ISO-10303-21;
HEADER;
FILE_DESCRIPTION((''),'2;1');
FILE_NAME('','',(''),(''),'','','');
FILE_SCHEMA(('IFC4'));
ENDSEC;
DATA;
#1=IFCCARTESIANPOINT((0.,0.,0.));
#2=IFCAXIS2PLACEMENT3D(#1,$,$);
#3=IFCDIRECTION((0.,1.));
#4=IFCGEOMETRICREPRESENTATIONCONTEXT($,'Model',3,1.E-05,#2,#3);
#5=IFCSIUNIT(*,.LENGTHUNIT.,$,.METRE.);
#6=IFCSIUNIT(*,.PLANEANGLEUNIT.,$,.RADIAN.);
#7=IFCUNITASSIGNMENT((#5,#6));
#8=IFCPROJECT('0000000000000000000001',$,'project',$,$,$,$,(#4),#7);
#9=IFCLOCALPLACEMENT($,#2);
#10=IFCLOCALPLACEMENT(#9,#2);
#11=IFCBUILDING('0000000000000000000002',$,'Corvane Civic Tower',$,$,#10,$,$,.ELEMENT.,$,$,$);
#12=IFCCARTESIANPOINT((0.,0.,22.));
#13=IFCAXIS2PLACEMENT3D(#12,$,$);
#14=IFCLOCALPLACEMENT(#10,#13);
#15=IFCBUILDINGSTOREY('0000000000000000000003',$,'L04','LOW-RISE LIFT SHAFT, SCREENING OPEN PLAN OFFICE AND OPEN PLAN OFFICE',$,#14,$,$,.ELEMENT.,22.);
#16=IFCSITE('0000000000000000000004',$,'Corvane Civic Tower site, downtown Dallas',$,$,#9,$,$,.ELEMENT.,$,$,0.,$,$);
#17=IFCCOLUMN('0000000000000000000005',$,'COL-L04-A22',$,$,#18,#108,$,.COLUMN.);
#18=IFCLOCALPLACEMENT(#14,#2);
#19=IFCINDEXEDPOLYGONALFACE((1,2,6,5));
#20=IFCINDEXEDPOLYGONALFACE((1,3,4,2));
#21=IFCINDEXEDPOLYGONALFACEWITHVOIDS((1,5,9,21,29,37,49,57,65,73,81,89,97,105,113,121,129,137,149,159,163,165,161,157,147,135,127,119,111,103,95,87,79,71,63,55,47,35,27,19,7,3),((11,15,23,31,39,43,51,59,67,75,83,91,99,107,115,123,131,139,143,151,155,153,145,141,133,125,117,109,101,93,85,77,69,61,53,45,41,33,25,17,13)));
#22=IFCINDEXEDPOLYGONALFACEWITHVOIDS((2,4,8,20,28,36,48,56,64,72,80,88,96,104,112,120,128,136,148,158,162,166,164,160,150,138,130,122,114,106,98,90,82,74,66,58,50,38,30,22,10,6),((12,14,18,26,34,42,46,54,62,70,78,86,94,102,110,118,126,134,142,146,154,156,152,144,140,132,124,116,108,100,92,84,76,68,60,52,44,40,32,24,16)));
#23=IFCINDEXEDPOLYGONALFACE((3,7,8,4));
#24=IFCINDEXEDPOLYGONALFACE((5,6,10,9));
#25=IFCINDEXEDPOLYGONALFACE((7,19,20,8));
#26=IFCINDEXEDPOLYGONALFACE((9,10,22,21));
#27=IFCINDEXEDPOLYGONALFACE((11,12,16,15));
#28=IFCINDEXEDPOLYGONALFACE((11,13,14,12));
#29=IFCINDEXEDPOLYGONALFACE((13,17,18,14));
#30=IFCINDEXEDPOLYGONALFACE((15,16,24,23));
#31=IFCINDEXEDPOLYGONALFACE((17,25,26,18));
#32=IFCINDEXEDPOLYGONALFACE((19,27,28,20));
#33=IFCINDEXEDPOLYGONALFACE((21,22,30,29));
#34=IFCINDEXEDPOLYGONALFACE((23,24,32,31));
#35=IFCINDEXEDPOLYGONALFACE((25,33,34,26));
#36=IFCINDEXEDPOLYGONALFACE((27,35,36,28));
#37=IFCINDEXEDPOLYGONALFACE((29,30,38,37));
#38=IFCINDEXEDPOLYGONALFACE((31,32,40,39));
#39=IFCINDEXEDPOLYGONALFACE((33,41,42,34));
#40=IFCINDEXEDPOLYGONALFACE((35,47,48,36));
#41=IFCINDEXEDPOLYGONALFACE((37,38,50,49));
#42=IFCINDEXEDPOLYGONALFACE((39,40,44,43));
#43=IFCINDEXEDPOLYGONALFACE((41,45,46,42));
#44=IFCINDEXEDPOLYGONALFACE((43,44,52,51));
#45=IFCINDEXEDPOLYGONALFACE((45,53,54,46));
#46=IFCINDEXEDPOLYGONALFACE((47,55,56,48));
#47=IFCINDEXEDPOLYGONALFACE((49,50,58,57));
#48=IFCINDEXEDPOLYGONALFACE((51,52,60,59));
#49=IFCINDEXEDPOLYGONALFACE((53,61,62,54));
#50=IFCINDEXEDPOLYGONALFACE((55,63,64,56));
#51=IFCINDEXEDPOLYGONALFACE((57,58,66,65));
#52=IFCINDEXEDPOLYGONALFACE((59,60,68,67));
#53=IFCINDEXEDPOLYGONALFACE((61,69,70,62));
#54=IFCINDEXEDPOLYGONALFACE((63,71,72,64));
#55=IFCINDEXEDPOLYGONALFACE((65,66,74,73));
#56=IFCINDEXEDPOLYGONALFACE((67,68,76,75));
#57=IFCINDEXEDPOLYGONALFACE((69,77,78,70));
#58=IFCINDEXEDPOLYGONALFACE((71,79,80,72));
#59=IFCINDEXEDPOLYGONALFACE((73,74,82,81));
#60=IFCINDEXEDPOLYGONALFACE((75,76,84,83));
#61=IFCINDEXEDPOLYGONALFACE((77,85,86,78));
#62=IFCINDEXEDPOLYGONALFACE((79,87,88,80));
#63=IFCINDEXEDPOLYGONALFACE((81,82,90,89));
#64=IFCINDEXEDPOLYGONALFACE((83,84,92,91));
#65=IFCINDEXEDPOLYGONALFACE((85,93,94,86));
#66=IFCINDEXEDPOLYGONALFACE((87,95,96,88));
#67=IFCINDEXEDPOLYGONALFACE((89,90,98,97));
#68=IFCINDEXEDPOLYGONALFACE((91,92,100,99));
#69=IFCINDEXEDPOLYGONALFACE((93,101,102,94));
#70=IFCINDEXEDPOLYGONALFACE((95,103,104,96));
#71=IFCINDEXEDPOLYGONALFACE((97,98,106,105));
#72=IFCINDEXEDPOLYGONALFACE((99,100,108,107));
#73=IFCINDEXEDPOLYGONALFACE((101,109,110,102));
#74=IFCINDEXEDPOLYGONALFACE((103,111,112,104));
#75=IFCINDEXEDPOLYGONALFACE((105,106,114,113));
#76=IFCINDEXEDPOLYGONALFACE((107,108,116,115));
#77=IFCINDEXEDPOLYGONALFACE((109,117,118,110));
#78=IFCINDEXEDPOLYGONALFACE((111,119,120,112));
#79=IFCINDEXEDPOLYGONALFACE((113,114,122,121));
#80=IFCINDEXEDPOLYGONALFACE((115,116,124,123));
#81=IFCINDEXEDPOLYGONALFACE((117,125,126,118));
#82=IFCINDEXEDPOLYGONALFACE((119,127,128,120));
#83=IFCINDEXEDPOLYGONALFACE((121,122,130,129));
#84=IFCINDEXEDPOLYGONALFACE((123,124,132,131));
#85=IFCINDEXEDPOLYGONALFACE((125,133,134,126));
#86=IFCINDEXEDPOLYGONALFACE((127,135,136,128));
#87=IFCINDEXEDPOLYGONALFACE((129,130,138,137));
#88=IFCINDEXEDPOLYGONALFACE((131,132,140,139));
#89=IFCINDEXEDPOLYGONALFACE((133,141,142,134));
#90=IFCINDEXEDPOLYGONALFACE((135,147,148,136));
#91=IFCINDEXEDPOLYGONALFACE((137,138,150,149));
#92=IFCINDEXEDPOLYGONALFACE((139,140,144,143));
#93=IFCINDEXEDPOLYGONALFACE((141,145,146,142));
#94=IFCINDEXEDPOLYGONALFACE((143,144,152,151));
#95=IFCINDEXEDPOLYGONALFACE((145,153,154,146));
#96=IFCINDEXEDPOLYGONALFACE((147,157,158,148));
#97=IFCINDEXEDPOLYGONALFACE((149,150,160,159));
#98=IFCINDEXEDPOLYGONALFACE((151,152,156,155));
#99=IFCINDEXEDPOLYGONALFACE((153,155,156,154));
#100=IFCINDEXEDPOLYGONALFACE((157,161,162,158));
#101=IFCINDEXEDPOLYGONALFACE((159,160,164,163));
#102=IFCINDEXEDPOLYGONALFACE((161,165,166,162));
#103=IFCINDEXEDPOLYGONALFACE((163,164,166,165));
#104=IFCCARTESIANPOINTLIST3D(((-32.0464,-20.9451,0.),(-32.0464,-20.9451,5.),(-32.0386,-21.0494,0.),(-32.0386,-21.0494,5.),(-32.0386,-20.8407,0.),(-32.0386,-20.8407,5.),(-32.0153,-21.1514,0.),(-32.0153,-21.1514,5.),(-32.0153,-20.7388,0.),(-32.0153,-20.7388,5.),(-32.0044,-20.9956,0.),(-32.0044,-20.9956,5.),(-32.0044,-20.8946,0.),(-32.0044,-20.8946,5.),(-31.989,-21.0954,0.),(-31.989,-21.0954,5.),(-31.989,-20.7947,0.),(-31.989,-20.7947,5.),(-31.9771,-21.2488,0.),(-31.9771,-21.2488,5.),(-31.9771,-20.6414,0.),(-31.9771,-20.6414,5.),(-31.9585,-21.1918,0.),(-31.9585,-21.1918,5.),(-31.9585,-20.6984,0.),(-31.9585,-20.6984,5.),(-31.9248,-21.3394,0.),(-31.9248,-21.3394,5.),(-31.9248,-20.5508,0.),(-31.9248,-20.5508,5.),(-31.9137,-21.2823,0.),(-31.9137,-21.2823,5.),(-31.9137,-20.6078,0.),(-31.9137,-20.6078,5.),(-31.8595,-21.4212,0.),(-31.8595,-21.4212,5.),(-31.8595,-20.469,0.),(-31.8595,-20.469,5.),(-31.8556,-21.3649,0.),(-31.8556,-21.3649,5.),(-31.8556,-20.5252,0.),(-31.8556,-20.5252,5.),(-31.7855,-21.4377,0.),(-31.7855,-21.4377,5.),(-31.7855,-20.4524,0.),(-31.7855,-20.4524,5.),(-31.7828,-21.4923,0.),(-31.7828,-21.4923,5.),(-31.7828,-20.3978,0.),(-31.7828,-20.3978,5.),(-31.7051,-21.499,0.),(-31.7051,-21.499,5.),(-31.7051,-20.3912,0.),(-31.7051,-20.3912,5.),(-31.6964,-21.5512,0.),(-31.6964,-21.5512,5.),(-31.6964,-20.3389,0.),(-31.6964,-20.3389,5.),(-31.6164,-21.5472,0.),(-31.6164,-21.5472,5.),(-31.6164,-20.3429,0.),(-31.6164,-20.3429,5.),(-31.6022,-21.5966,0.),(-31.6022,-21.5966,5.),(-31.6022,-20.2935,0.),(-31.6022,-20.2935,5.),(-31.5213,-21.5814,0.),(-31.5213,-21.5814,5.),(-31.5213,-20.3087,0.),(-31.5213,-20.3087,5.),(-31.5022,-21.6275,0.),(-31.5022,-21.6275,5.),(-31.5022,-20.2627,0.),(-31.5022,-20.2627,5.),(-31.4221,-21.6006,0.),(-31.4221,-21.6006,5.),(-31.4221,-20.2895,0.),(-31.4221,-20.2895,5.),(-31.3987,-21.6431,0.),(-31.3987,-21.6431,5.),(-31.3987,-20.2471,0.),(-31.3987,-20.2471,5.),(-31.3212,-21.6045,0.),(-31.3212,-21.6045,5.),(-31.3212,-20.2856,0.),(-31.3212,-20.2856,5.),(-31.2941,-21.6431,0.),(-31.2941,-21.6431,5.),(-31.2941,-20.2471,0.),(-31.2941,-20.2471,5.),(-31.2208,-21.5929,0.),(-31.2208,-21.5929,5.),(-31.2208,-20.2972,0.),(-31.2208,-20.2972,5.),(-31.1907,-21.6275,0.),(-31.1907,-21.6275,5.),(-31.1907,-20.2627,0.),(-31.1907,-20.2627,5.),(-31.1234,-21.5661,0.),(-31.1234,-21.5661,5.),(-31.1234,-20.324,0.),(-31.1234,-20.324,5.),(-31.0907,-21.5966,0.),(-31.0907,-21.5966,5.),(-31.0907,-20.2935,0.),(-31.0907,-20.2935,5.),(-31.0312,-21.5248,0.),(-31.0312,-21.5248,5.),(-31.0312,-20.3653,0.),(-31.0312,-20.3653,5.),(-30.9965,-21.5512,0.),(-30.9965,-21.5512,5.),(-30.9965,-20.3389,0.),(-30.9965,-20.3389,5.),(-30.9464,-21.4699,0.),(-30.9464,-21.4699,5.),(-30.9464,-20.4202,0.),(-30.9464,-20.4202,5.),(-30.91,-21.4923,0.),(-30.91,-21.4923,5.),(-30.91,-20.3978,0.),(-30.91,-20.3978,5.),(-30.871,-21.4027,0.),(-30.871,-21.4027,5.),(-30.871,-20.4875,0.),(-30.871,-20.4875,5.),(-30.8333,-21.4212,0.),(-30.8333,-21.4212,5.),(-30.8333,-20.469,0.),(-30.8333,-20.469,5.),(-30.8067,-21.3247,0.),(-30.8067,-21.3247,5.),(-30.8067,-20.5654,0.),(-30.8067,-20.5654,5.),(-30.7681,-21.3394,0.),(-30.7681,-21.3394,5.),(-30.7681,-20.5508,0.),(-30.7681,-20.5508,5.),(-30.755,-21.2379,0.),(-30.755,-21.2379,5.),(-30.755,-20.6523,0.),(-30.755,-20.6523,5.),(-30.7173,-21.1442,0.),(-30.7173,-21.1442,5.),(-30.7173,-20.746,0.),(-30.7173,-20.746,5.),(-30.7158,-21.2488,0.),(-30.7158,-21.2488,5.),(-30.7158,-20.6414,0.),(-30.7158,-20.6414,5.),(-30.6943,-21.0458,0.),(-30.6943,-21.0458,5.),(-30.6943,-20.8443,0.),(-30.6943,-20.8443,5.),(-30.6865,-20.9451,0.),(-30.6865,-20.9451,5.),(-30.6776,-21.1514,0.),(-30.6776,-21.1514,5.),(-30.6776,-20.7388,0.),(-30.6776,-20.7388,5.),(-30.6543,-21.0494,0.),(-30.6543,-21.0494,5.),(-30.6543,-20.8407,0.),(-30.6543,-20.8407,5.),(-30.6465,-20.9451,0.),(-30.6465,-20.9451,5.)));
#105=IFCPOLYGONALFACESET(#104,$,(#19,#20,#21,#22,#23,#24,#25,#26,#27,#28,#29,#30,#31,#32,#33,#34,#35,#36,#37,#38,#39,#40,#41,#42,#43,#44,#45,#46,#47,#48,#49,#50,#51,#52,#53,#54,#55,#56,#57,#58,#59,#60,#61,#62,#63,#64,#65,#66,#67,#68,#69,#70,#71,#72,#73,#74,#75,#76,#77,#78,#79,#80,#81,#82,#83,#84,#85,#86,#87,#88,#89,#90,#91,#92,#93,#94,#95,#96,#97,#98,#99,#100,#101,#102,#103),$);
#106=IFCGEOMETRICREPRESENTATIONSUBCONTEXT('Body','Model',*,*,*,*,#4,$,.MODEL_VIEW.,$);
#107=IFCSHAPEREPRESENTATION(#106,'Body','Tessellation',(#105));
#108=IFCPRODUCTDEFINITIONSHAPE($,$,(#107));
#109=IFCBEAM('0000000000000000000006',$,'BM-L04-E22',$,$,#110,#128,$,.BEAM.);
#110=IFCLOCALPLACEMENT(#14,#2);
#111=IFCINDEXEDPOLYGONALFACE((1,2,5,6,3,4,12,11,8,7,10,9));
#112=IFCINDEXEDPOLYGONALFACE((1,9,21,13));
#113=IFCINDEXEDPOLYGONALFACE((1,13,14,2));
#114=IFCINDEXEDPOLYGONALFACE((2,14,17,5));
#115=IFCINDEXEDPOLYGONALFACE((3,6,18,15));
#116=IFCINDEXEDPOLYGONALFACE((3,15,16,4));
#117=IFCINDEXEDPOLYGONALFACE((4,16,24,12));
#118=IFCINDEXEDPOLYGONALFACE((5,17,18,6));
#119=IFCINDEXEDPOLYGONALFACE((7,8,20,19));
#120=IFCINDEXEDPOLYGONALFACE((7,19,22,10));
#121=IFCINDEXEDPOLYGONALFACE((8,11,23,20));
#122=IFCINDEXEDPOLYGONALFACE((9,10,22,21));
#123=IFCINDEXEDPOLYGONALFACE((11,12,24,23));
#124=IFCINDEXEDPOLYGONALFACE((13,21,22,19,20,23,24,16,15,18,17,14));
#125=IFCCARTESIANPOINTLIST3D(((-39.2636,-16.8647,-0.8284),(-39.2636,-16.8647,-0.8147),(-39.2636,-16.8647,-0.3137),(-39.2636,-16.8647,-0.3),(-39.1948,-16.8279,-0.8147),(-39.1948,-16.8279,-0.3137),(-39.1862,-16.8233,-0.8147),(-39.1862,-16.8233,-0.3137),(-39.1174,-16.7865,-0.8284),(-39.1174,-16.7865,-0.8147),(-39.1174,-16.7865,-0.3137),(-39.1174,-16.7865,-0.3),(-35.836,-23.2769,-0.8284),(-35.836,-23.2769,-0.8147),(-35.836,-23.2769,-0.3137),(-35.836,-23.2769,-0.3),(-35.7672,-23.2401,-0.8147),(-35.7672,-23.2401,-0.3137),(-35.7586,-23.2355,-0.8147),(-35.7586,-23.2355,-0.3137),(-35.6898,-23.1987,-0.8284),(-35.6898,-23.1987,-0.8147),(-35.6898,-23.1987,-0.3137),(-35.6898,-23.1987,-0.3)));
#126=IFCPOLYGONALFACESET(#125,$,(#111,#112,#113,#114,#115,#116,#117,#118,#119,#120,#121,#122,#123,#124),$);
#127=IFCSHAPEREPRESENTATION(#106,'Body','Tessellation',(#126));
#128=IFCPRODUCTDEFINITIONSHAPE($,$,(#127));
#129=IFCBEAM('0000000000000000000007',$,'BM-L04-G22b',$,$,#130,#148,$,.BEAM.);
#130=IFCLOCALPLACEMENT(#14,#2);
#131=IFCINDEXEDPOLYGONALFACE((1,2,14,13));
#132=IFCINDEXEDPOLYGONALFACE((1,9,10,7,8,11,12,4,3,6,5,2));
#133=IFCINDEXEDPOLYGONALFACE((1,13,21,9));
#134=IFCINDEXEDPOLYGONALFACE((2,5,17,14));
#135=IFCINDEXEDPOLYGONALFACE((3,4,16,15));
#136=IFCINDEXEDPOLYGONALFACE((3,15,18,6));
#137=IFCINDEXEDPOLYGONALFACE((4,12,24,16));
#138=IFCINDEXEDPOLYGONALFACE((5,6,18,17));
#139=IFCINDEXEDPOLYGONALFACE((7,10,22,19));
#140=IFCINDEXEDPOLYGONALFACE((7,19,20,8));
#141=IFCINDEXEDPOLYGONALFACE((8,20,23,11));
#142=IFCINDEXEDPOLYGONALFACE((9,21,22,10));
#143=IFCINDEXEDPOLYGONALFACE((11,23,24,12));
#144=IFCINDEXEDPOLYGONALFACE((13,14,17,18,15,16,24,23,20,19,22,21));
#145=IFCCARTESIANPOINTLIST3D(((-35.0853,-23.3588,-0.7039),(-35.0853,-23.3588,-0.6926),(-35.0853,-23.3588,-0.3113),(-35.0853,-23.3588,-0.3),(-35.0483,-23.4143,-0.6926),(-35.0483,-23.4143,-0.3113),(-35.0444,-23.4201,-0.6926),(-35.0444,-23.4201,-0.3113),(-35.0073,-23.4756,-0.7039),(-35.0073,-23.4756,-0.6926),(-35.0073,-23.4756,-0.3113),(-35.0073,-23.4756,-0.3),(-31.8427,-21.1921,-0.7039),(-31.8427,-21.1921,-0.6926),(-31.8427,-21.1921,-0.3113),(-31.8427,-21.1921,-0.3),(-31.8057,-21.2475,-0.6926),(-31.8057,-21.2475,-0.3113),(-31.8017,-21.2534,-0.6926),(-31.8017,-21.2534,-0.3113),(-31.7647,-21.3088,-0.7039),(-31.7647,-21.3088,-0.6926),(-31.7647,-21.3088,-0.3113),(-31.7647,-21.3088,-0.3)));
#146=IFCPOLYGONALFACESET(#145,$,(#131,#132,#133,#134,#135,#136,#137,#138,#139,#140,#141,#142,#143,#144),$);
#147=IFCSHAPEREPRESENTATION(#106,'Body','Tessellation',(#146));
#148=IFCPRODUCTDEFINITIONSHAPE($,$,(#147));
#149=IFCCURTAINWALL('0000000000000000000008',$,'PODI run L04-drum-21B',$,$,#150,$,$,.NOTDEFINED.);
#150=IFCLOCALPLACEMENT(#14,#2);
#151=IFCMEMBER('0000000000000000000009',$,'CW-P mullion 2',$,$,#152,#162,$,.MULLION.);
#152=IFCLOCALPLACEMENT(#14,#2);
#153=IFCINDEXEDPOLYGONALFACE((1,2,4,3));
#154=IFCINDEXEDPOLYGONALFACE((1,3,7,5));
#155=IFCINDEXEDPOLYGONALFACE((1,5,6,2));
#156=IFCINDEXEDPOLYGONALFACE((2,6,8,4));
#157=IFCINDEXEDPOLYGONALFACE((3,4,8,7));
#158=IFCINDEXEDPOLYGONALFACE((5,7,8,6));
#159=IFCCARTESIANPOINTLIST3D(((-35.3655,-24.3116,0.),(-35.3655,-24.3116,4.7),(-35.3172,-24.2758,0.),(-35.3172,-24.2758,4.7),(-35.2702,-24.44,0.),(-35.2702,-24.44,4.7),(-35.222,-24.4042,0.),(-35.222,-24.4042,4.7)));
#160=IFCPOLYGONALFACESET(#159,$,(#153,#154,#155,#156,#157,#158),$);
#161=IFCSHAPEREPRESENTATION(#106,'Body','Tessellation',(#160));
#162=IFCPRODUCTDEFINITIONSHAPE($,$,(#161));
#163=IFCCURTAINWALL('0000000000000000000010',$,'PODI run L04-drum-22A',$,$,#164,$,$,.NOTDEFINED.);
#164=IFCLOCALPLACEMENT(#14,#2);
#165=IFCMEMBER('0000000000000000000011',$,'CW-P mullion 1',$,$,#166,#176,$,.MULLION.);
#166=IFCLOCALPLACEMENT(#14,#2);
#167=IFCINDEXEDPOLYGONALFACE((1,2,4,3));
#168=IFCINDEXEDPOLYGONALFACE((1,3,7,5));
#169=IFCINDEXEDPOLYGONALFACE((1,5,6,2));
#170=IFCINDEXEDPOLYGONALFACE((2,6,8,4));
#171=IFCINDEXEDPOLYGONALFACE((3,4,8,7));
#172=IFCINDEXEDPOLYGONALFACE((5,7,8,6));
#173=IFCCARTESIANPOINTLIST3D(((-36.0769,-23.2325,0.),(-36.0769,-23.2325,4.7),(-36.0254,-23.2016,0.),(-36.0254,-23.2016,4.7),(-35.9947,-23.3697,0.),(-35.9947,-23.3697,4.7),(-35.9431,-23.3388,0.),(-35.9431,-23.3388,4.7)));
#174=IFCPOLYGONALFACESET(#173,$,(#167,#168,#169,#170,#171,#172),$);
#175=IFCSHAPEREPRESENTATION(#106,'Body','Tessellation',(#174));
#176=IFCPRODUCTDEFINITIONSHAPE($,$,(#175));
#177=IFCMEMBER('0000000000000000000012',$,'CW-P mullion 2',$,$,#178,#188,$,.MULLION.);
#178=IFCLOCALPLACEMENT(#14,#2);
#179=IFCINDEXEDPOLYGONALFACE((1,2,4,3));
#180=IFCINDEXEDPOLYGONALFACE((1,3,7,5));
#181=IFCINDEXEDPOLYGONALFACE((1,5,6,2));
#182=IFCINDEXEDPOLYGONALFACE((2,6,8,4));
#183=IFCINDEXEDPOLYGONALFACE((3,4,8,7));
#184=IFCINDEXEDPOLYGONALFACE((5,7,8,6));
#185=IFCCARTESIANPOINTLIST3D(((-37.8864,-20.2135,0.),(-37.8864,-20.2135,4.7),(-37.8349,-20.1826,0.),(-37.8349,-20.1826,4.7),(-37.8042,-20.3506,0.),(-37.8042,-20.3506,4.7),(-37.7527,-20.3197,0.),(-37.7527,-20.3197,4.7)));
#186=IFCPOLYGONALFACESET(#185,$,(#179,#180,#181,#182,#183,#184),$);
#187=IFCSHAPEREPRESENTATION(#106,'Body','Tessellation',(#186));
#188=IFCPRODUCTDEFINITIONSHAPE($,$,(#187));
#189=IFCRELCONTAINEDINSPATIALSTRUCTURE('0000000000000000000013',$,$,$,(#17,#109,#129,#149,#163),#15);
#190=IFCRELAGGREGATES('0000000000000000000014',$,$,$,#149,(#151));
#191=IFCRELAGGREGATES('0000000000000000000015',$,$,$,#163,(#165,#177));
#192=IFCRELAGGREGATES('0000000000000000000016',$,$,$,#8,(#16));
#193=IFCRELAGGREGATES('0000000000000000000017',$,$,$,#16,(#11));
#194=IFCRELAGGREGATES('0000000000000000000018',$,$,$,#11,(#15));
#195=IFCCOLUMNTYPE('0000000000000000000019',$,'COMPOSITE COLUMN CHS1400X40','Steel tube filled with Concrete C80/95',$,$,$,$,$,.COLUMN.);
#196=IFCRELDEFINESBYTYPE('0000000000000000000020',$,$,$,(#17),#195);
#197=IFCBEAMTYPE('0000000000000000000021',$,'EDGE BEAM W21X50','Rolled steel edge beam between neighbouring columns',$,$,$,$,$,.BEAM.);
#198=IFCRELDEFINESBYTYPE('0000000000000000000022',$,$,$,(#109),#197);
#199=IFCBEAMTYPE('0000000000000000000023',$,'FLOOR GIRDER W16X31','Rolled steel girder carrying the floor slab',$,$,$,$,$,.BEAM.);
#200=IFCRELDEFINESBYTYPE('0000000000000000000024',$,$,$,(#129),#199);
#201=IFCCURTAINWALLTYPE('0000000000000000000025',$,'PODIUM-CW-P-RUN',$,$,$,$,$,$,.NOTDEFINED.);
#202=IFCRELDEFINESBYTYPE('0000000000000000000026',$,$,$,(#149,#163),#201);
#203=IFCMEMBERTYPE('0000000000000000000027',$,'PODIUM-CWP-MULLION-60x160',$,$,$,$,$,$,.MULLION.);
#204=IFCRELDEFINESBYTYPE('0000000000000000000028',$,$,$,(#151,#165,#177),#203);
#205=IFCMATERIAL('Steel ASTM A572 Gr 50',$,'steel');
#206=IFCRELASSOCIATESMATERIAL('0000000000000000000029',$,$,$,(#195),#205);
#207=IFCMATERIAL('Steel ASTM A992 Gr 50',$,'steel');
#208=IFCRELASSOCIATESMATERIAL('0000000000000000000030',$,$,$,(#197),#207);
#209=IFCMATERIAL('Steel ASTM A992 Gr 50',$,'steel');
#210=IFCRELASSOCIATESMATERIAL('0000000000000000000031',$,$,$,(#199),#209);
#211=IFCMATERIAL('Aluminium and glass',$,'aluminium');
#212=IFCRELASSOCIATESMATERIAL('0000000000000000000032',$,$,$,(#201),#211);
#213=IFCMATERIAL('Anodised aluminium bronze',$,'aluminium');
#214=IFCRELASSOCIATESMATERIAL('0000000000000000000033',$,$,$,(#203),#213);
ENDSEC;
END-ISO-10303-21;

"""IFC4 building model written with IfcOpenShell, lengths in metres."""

from ifc_helpers import new_model, si_unit, direction, frame, origin, origin_2d, place, context, subcontext, project, spatial, rectangle, hollow_circle, i_section, extrude, material, material_profile, profile_set, type_object, element, aggregate, save


model = new_model("IFC4")

# Units and contexts
model_context = context("Model", 3, precision=1e-05, world=origin(), true_north=direction((0.0, 1.0)))
body_context = subcontext(model_context, "Body", "Model", "MODEL_VIEW")
ifc_project = project(units=[si_unit("LENGTHUNIT", "METRE"), si_unit("PLANEANGLEUNIT", "RADIAN")], contexts=[model_context])

# Site, building, storey
site_placement = place(None, origin())
site = spatial("IfcSite", under=ifc_project, at=site_placement, Name="Corvane Civic Tower site, downtown Dallas", CompositionType="ELEMENT", RefElevation=0.0)
building_placement = place(site_placement, origin())
building = spatial("IfcBuilding", under=site, at=building_placement, Name="Corvane Civic Tower", CompositionType="ELEMENT")
storey_placement = place(building_placement, frame((0.0, 0.0, 22.0)))
storey = spatial("IfcBuildingStorey", under=building, at=storey_placement, Name="L04", Description="LOW-RISE LIFT SHAFT, SCREENING OPEN PLAN OFFICE AND OPEN PLAN OFFICE", CompositionType="ELEMENT", Elevation=22.0)

# Column
ifc_material_1 = material(Name="Steel ASTM A572 Gr 50", Category="steel")
ifc_material_profile_1 = material_profile(ifc_material_1, hollow_circle(Radius=0.7, WallThickness=0.04, at=origin_2d()), Name="CHS1400X40")
ifc_profile_set_1 = profile_set([ifc_material_profile_1], Name="Steel ASTM A572 Gr 50")
column_type_1 = type_object("IfcColumnType", Name="COMPOSITE COLUMN CHS1400X40", Description="Steel tube filled with Concrete C80/95", PredefinedType="COLUMN", material=ifc_profile_set_1)
for number, where, z_axis, x_axis, name in (
    (1, (-31.3464, -20.9451, 0.0), (0.0, 0.0, 1.0), (1.0, 0.0, 0.0), "COL-L04-A22"),
):
    element("IfcColumn", number, at=place(storey_placement, frame(where, z_axis=z_axis, x_axis=x_axis)), inside=storey, type_object=column_type_1, Name=name, PredefinedType="COLUMN", context=body_context, shape_type="SweptSolid", body=[
        extrude(hollow_circle(Radius=0.7, WallThickness=0.04, at=origin_2d()), origin(), (0.0, 0.0, 1.0), 5.0),
    ])

# Beams
ifc_material_2 = material(Name="Steel ASTM A992 Gr 50", Category="steel")
ifc_material_profile_2 = material_profile(ifc_material_2, i_section(OverallWidth=0.1658, OverallDepth=0.5283, WebThickness=0.0098, FlangeThickness=0.0137, at=origin_2d()), Name="W21X50")
ifc_profile_set_2 = profile_set([ifc_material_profile_2], Name="Steel ASTM A992 Gr 50")
beam_type_1 = type_object("IfcBeamType", Name="EDGE BEAM W21X50", Description="Rolled steel edge beam between neighbouring columns", PredefinedType="BEAM", material=ifc_profile_set_2)
beam_1_placement = place(storey_placement, frame((-35.7629, -23.2378, -0.5642), z_axis=(-0.471412, 0.881913, 0.0), x_axis=(-0.881913, -0.471412, 0.0)))
element("IfcBeam", 2, at=beam_1_placement, inside=storey, type_object=beam_type_1, Name="BM-L04-E22", PredefinedType="BEAM", context=body_context, shape_type="SweptSolid", body=[
    extrude(i_section(OverallWidth=0.1658, OverallDepth=0.5283, WebThickness=0.0098, FlangeThickness=0.0137, at=origin_2d()), origin(), (0.0, 0.0, 1.0), 7.2708),
])
ifc_material_3 = material(Name="Steel ASTM A992 Gr 50", Category="steel")
ifc_material_profile_3 = material_profile(ifc_material_3, i_section(OverallWidth=0.1404, OverallDepth=0.4038, WebThickness=0.0071, FlangeThickness=0.0112, at=origin_2d()), Name="W16X31")
ifc_profile_set_3 = profile_set([ifc_material_profile_3], Name="Steel ASTM A992 Gr 50")
beam_type_2 = type_object("IfcBeamType", Name="FLOOR GIRDER W16X31", Description="Rolled steel girder carrying the floor slab", PredefinedType="BEAM", material=ifc_profile_set_3)
beam_2_placement = place(storey_placement, frame((-31.8037, -21.2505, -0.502), z_axis=(-0.831462, -0.555581, 0.0), x_axis=(0.555581, -0.831462, 0.0)))
element("IfcBeam", 3, at=beam_2_placement, inside=storey, type_object=beam_type_2, Name="BM-L04-G22b", PredefinedType="BEAM", context=body_context, shape_type="SweptSolid", body=[
    extrude(i_section(OverallWidth=0.1404, OverallDepth=0.4038, WebThickness=0.0071, FlangeThickness=0.0112, at=origin_2d()), origin(), (0.0, 0.0, 1.0), 3.8999),
])

# Curtain wall, member
ifc_material_4 = material(Name="Aluminium and glass", Category="aluminium")
curtain_wall_type = type_object("IfcCurtainWallType", Name="PODIUM-CW-P-RUN", PredefinedType="NOTDEFINED", material=ifc_material_4)
curtain_wall_1_placement = place(storey_placement, origin())
curtain_wall_1 = element("IfcCurtainWall", 4, at=curtain_wall_1_placement, inside=storey, type_object=curtain_wall_type, Name="PODI run L04-drum-21B", PredefinedType="NOTDEFINED")
ifc_material_5 = material(Name="Anodised aluminium bronze", Category="aluminium")
ifc_material_profile_4 = material_profile(ifc_material_5, rectangle(XDim=0.0601, YDim=0.1599, at=origin_2d()), Name="AL 60x160")
ifc_profile_set_4 = profile_set([ifc_material_profile_4], Name="Anodised aluminium bronze")
member_type_1 = type_object("IfcMemberType", Name="PODIUM-CWP-MULLION-60x160", PredefinedType="MULLION", material=ifc_profile_set_4)
member_1_placement = place(storey_placement, frame((-35.2937, -24.3579, 0.0), z_axis=(0.0, 0.0, 1.0), x_axis=(-0.803203, -0.595705, 0.0)))
member_1 = element("IfcMember", 5, at=member_1_placement, type_object=member_type_1, Name="CW-P mullion 2", PredefinedType="MULLION", context=body_context, shape_type="SweptSolid", body=[
    extrude(rectangle(XDim=0.0601, YDim=0.1599, at=origin_2d()), origin(), (0.0, 0.0, 1.0), 4.7),
])

# Curtain wall, members
curtain_wall_2_placement = place(storey_placement, origin())
curtain_wall_2 = element("IfcCurtainWall", 6, at=curtain_wall_2_placement, inside=storey, type_object=curtain_wall_type, Name="PODI run L04-drum-22A", PredefinedType="NOTDEFINED")
member_2_placement = place(storey_placement, frame((-36.01, -23.2856, 0.0), z_axis=(0.0, 0.0, 1.0), x_axis=(-0.85772, -0.514118, 0.0)))
member_2 = element("IfcMember", 7, at=member_2_placement, type_object=member_type_1, Name="CW-P mullion 1", PredefinedType="MULLION", context=body_context, shape_type="SweptSolid", body=[
    extrude(rectangle(XDim=0.0601, YDim=0.1599, at=origin_2d()), origin(), (0.0, 0.0, 1.0), 4.7),
])
member_3_placement = place(storey_placement, frame((-37.8196, -20.2666, 0.0), z_axis=(0.0, 0.0, 1.0), x_axis=(-0.85772, -0.514118, 0.0)))
member_3 = element("IfcMember", 8, at=member_3_placement, type_object=member_type_1, Name="CW-P mullion 2", PredefinedType="MULLION", context=body_context, shape_type="SweptSolid", body=[
    extrude(rectangle(XDim=0.0601, YDim=0.1599, at=origin_2d()), origin(), (0.0, 0.0, 1.0), 4.7),
])

aggregate(curtain_wall_1, [member_1])
aggregate(curtain_wall_2, [member_2, member_3])

save(model, "model.ifc")
